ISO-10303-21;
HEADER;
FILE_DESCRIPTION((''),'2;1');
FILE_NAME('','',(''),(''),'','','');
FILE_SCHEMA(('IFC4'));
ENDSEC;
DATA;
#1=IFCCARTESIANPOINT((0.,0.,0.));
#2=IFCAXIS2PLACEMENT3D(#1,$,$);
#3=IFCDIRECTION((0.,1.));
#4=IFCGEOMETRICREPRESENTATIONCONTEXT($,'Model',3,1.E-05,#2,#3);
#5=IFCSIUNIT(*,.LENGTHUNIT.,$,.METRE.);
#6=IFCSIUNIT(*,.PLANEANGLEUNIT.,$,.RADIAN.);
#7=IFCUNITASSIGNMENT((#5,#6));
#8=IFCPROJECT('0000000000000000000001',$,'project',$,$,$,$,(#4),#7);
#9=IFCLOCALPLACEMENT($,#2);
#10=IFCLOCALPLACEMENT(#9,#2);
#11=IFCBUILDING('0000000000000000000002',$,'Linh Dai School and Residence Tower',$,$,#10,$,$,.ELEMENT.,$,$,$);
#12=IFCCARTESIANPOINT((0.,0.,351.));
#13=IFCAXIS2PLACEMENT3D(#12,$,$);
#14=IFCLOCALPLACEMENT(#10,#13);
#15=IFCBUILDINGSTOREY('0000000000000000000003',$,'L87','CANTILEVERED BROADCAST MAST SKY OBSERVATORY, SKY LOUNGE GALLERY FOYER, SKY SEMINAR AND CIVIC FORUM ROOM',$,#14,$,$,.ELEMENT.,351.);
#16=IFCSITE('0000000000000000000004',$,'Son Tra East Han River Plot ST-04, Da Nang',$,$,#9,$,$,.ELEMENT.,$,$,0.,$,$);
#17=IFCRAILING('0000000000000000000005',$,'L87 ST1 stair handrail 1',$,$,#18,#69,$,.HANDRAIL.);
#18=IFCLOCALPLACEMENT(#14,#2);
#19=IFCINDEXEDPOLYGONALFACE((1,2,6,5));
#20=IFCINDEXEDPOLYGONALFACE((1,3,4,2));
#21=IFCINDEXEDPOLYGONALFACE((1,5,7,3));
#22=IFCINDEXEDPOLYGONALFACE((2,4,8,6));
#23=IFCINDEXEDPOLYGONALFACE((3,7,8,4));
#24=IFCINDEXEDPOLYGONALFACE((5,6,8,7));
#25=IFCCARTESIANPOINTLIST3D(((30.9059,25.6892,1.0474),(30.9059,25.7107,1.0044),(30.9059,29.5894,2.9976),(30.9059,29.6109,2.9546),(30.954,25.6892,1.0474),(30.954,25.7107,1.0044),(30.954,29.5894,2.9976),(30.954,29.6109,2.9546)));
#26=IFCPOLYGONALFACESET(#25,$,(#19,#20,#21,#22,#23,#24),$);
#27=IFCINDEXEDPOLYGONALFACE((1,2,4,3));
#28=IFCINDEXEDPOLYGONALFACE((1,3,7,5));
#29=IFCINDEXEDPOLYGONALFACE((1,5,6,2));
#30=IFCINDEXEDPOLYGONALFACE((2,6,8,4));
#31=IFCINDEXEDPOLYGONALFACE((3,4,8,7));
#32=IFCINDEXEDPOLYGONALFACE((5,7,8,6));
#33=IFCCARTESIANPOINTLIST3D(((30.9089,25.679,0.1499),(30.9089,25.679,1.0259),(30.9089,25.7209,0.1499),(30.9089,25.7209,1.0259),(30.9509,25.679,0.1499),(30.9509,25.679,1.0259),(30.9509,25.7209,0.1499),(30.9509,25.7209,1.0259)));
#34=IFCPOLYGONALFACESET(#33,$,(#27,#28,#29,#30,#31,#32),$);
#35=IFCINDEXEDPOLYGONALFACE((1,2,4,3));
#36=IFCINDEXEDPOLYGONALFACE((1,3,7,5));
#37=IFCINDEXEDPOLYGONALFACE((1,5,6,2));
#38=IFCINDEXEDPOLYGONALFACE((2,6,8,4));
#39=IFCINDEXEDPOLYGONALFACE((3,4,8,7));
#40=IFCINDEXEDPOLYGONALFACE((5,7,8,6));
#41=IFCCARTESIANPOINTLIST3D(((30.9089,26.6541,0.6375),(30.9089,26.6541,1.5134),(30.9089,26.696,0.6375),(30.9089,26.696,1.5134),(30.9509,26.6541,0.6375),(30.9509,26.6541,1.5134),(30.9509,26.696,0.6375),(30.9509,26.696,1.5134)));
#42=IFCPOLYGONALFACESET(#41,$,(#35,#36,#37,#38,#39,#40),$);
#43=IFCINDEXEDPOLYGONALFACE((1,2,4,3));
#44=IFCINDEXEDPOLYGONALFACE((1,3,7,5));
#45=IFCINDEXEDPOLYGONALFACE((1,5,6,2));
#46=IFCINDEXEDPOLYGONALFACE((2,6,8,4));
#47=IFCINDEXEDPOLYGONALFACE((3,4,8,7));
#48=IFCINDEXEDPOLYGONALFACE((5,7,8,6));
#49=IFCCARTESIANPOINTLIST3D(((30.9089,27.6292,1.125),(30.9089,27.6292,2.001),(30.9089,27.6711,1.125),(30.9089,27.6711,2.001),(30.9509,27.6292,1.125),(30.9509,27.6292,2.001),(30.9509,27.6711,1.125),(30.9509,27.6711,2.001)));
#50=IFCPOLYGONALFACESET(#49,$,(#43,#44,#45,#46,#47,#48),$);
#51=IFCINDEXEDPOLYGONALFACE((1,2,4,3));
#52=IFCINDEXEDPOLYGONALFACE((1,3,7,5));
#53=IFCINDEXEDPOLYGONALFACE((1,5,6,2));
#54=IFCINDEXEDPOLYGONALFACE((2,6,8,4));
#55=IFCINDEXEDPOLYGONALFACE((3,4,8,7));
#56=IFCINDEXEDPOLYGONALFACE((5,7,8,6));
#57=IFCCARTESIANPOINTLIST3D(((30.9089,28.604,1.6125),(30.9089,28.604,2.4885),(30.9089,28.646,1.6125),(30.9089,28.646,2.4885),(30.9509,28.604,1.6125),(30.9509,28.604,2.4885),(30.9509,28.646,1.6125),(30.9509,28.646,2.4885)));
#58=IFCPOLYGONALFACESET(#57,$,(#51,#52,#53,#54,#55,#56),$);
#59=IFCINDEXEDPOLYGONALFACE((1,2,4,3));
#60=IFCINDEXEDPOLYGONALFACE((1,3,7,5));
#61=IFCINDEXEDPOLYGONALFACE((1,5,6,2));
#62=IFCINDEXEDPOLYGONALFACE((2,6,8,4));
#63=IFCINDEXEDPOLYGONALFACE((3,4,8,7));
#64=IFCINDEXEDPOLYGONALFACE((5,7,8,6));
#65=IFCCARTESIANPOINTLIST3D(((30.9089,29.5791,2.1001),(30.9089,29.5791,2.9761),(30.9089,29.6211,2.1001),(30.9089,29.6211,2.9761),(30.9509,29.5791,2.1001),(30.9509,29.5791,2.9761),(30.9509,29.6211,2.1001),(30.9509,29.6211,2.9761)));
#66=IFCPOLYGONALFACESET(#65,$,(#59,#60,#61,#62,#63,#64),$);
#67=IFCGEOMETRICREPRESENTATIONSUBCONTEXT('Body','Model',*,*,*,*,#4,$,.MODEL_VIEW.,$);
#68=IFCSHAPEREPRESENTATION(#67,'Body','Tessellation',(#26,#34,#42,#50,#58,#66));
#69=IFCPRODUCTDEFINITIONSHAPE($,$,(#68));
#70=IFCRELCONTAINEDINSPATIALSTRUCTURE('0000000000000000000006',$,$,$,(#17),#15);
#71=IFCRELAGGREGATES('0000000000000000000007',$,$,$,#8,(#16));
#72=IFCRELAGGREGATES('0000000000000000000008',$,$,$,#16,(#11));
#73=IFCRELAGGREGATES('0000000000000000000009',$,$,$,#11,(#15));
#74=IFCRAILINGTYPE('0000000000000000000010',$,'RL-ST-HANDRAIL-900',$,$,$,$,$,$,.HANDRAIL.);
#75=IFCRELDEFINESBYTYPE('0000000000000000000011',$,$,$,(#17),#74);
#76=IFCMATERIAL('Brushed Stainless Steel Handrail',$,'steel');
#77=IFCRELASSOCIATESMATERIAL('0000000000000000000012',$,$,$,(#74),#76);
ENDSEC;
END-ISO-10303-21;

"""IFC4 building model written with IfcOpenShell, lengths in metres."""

from ifc_helpers import new_model, si_unit, direction, frame, origin, origin_2d, place, context, subcontext, project, spatial, rectangle, extrude, source, transform, mapped, material, type_object, element, save


model = new_model("IFC4")

# Units and contexts
model_context = context("Model", 3, precision=1e-05, world=origin(), true_north=direction((0.0, 1.0)))
body_context = subcontext(model_context, "Body", "Model", "MODEL_VIEW")
ifc_project = project(units=[si_unit("LENGTHUNIT", "METRE"), si_unit("PLANEANGLEUNIT", "RADIAN")], contexts=[model_context])

# Site, building, storey
site_placement = place(None, origin())
site = spatial("IfcSite", under=ifc_project, at=site_placement, Name="Son Tra East Han River Plot ST-04, Da Nang", CompositionType="ELEMENT", RefElevation=0.0)
building_placement = place(site_placement, origin())
building = spatial("IfcBuilding", under=site, at=building_placement, Name="Linh Dai School and Residence Tower", CompositionType="ELEMENT")
storey_placement = place(building_placement, frame((0.0, 0.0, 351.0)))
storey = spatial("IfcBuildingStorey", under=building, at=storey_placement, Name="L87", Description="CANTILEVERED BROADCAST MAST SKY OBSERVATORY, SKY LOUNGE GALLERY FOYER, SKY SEMINAR AND CIVIC FORUM ROOM", CompositionType="ELEMENT", Elevation=351.0)

# Railing
ifc_material_1 = material(Name="Brushed Stainless Steel Handrail", Category="steel")
railing_type_1 = type_object("IfcRailingType", Name="RL-ST-HANDRAIL-900", PredefinedType="HANDRAIL", material=ifc_material_1)
shared_shape_1 = source(origin(), body_context, "Body", "SweptSolid", [
    extrude(rectangle(XDim=0.0481, YDim=0.0481, at=origin_2d()), frame((0.0, 0.0, 0.876), z_axis=(0.0, 0.894416, 0.447236), x_axis=(-1.0, 0.0, 0.0)), (0.0, 0.0, 1.0), 4.3606),
    extrude(rectangle(XDim=0.042, YDim=0.042, at=origin_2d()), origin(), (0.0, 0.0, 1.0), 0.876),
    extrude(rectangle(XDim=0.042, YDim=0.042, at=origin_2d()), frame((0.0, 0.9751, 0.4875)), (0.0, 0.0, 1.0), 0.876),
    extrude(rectangle(XDim=0.042, YDim=0.042, at=origin_2d()), frame((0.0, 1.9502, 0.9751)), (0.0, 0.0, 1.0), 0.876),
    extrude(rectangle(XDim=0.042, YDim=0.042, at=origin_2d()), frame((0.0, 2.925, 1.4626)), (0.0, 0.0, 1.0), 0.876),
    extrude(rectangle(XDim=0.042, YDim=0.042, at=origin_2d()), frame((0.0, 3.9001, 1.9502)), (0.0, 0.0, 1.0), 0.876),
])
railing_1_placement = place(storey_placement, frame((30.9299, 25.7, 0.1499)))
element("IfcRailing", 1, at=railing_1_placement, inside=storey, type_object=railing_type_1, Name="L87 ST1 stair handrail 1", PredefinedType="HANDRAIL", context=body_context, shape_type="MappedRepresentation", body=[
    mapped(shared_shape_1, transform((0.0, 0.0, 0.0), x_axis=(1.0, 0.0, 0.0), y_axis=(0.0, 1.0, 0.0), z_axis=(0.0, 0.0, 1.0), scale=1.0)),
])

save(model, "model.ifc")
